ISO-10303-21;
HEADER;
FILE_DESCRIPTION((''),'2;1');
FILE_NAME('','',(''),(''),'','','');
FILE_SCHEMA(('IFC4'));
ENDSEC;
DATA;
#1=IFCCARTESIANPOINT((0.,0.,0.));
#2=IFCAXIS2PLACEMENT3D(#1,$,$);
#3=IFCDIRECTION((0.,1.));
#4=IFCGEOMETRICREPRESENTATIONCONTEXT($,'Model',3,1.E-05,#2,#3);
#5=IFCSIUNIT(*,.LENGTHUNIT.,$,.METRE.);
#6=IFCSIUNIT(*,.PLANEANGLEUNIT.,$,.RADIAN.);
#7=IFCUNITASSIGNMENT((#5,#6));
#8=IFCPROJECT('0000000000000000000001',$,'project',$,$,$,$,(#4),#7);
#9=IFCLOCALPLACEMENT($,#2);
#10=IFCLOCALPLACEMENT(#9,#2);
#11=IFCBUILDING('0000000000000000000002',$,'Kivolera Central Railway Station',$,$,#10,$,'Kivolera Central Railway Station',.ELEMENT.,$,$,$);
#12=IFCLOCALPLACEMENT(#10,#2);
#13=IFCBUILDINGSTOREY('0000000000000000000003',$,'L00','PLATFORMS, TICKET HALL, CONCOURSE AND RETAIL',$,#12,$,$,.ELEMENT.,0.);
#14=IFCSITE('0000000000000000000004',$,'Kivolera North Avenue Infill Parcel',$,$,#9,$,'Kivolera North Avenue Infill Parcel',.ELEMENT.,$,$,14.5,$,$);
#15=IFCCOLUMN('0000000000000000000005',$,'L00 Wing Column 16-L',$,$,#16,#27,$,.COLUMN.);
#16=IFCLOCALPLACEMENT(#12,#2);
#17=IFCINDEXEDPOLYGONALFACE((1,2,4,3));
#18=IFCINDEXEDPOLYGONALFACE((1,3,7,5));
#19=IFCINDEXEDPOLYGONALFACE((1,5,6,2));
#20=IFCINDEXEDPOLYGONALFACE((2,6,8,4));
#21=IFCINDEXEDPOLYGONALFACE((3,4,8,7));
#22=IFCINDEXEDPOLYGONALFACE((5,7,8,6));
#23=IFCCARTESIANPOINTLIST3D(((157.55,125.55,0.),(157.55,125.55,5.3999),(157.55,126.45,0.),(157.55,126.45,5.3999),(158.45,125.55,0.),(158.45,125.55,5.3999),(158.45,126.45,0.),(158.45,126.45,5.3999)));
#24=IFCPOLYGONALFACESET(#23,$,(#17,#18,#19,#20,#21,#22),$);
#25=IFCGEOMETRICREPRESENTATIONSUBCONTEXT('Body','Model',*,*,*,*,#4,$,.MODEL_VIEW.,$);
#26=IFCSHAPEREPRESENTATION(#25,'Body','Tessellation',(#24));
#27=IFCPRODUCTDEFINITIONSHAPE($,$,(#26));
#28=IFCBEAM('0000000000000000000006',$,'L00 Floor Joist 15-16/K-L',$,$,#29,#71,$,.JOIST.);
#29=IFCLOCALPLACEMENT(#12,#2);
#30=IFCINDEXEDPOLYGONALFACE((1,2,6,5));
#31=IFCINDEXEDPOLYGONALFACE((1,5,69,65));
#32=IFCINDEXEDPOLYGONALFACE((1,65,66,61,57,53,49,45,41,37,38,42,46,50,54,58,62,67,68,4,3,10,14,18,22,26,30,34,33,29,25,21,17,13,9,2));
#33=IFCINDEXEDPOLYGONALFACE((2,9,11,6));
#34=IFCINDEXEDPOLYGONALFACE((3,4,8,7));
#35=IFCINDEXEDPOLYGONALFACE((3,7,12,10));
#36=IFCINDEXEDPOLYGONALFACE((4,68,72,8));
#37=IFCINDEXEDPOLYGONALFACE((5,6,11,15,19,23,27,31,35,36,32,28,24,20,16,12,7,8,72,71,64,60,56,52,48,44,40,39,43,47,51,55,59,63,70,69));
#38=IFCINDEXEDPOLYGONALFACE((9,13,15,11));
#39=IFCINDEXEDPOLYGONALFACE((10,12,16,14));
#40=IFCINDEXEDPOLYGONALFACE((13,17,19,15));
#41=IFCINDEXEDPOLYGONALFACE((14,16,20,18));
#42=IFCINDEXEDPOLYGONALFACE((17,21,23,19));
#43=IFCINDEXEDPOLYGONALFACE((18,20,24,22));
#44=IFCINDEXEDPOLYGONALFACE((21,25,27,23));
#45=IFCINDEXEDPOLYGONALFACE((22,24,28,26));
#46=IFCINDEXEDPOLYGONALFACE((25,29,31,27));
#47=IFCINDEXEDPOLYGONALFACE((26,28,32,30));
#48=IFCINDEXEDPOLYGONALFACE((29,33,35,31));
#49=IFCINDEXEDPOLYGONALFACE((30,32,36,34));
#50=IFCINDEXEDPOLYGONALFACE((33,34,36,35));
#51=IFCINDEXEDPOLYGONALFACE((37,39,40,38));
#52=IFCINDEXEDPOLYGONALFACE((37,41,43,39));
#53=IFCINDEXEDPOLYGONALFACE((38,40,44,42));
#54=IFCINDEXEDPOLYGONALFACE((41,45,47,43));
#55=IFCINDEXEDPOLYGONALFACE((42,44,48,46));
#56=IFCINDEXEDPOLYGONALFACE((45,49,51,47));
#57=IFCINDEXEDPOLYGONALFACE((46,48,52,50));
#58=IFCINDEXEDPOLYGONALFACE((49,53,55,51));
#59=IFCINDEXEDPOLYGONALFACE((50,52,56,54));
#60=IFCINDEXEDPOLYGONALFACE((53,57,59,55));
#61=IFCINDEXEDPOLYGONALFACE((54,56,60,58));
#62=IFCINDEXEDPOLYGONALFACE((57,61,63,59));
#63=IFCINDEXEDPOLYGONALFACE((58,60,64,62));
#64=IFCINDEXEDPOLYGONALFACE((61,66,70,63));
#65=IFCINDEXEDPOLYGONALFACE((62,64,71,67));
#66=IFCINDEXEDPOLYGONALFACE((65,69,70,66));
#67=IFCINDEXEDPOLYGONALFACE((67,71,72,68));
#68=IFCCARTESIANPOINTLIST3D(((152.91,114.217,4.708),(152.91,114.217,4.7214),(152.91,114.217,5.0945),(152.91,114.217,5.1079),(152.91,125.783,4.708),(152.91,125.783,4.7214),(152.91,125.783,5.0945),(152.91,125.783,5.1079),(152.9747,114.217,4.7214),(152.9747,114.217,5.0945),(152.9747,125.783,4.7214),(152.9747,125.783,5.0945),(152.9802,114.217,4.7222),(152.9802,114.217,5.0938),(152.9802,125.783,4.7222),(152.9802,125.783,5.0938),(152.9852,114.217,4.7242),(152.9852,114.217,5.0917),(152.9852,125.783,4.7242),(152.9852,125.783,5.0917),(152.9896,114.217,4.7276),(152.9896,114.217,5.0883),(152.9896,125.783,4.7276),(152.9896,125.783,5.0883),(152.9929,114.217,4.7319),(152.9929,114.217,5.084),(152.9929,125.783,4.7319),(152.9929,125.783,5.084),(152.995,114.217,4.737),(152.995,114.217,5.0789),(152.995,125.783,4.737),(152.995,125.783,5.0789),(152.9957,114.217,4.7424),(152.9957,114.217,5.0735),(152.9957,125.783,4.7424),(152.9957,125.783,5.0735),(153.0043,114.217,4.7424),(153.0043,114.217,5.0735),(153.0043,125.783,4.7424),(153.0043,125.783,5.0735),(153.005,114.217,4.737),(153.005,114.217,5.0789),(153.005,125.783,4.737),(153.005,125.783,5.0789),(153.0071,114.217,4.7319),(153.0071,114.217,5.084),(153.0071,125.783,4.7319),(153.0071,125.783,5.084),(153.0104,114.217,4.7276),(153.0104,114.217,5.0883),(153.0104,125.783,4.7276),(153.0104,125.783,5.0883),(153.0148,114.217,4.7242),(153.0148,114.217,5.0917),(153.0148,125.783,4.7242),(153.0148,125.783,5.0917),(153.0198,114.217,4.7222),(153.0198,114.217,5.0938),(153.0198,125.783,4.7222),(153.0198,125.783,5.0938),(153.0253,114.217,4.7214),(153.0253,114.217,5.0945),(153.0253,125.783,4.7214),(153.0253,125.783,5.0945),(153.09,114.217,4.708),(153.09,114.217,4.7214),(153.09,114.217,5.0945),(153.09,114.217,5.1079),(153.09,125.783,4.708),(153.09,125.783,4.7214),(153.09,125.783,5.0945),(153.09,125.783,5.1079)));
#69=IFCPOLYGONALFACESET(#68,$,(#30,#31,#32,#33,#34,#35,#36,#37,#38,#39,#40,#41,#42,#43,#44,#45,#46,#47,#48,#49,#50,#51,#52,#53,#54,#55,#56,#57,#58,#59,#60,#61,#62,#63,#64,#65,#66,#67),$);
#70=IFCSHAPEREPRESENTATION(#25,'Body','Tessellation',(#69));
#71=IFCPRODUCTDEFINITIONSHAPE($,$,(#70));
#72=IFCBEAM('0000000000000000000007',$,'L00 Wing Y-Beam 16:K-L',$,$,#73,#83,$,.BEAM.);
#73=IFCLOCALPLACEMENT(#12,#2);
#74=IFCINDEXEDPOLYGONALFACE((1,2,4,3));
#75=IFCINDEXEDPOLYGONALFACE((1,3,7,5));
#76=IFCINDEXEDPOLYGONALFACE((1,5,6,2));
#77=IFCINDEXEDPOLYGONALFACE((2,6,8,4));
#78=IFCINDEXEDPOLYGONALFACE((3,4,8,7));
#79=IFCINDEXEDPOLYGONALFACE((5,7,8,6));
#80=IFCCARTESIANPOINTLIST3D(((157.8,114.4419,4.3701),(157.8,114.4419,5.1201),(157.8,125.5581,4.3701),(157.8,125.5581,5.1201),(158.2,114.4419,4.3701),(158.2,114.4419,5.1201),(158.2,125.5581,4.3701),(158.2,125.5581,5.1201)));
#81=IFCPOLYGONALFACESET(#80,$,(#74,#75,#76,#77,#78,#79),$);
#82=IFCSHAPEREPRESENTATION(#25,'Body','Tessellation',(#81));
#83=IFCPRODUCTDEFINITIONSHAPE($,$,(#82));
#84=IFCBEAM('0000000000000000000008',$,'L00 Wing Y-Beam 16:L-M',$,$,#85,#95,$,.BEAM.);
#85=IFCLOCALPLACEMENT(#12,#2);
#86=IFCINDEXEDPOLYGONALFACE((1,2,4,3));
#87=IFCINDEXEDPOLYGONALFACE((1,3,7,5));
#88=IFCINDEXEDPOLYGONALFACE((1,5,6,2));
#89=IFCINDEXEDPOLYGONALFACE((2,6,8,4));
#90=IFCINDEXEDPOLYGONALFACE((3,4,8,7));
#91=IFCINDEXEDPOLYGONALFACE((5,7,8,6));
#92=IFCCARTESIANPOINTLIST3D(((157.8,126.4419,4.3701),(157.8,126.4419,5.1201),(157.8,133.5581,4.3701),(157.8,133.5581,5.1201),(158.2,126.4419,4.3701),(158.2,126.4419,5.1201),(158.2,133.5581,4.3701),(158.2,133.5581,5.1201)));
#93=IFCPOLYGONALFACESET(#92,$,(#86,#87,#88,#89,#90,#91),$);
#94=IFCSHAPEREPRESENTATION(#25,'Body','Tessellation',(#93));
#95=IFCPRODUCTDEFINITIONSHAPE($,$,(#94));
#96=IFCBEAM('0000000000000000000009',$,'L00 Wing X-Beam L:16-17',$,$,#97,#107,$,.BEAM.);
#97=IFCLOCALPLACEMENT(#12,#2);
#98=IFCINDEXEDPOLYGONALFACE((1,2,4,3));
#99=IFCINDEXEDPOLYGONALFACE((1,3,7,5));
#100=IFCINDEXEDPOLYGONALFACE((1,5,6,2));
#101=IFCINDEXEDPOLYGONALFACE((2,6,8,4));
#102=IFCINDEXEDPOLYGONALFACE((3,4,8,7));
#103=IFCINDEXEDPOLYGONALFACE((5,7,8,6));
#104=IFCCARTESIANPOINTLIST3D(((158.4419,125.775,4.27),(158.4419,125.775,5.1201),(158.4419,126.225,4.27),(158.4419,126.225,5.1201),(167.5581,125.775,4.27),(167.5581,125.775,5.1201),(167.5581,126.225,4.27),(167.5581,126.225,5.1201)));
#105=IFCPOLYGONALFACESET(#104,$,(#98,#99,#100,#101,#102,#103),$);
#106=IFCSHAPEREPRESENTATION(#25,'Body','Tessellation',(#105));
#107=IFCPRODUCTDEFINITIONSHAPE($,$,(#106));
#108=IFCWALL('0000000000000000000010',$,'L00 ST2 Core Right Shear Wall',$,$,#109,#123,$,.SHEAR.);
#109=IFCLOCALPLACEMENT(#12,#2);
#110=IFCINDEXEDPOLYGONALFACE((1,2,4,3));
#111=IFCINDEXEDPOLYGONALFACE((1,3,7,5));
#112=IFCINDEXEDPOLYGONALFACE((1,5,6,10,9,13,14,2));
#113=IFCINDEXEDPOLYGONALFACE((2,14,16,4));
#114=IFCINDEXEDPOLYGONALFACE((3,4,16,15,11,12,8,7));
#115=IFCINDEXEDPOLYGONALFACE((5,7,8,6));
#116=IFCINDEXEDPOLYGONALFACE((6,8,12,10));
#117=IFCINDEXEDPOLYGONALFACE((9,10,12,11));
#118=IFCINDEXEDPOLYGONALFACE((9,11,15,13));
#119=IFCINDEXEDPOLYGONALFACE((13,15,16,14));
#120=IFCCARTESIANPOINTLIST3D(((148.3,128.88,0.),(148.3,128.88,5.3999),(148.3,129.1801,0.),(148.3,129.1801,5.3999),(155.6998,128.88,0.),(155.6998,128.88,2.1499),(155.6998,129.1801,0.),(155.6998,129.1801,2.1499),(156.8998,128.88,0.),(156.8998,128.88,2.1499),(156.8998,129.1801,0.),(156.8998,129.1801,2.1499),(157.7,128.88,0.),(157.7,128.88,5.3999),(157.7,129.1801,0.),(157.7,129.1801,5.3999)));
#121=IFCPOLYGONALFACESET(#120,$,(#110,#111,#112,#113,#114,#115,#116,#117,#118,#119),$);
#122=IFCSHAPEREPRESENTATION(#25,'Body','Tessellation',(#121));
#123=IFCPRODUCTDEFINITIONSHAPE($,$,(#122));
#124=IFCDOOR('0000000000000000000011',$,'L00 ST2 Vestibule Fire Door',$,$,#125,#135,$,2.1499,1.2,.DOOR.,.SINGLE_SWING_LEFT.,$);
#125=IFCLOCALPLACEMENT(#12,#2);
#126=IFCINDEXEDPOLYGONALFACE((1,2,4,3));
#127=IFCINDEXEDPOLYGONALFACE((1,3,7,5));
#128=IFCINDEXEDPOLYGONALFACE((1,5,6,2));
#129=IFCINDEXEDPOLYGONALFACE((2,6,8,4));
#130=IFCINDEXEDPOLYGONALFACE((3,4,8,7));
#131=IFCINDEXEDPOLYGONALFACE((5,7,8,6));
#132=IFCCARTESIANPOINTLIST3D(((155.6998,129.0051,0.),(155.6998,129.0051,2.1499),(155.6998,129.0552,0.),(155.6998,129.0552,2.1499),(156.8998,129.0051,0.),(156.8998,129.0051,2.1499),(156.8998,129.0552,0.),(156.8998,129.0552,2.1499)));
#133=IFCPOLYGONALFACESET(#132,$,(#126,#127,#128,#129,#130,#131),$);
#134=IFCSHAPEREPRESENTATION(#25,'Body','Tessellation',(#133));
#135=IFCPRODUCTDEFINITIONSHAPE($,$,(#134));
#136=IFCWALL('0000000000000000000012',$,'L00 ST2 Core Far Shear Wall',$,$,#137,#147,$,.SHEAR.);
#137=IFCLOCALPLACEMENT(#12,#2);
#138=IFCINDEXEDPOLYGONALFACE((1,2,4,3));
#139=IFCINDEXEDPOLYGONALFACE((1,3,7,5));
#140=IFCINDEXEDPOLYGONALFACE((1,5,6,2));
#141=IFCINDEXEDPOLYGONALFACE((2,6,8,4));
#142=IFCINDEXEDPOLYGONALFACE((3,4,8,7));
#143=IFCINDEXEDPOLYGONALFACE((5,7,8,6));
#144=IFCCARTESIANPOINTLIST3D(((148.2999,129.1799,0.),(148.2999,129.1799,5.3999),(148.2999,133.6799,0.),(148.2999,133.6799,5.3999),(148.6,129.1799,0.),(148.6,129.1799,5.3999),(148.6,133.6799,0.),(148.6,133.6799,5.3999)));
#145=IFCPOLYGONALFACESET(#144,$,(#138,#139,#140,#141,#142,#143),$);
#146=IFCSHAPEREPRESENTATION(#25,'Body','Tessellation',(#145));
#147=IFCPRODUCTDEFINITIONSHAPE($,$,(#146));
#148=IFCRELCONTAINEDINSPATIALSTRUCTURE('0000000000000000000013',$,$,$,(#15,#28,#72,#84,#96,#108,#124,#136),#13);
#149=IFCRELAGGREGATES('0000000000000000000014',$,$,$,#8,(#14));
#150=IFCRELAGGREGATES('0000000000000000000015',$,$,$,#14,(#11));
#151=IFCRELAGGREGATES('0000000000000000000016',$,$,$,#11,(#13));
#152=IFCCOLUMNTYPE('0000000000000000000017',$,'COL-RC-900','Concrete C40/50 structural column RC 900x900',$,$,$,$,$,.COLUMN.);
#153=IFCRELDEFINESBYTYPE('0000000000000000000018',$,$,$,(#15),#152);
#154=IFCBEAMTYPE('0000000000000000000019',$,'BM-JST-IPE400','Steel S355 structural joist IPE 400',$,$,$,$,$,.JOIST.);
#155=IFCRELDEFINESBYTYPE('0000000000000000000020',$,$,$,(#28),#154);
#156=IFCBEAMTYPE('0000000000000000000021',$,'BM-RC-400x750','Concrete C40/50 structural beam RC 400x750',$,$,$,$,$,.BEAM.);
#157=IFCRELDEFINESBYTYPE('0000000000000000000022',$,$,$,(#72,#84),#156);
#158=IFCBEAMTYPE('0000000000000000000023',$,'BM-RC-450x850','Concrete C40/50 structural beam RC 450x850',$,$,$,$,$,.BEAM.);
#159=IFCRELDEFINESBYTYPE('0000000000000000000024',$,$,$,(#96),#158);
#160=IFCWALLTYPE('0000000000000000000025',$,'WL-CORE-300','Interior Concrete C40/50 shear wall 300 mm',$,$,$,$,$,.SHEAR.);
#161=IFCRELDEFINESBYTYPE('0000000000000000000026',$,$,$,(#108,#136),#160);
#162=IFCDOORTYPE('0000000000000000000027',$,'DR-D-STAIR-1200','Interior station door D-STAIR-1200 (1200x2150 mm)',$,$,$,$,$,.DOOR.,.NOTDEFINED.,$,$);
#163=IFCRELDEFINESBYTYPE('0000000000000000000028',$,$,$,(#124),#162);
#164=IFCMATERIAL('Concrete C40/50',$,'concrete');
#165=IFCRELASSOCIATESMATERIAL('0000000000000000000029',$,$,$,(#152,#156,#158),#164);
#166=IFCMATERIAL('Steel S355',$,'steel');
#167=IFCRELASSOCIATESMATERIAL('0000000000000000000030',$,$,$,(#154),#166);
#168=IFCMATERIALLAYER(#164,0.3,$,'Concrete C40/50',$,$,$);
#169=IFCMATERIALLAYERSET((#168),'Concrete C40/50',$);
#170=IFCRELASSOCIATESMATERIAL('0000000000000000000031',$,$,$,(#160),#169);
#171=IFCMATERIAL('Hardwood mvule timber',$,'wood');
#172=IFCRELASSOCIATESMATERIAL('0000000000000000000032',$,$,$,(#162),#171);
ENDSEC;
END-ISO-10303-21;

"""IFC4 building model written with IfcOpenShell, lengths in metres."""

from ifc_helpers import new_model, si_unit, direction, frame, frame_2d, origin, origin_2d, place, context, subcontext, project, spatial, rectangle, i_section, extrude, material, layer, layer_set, material_profile, profile_set, type_object, element, fill, save


model = new_model("IFC4")

# Units and contexts
model_context = context("Model", 3, precision=1e-05, world=origin(), true_north=direction((0.0, 1.0)))
body_context = subcontext(model_context, "Body", "Model", "MODEL_VIEW")
ifc_project = project(units=[si_unit("LENGTHUNIT", "METRE"), si_unit("PLANEANGLEUNIT", "RADIAN")], contexts=[model_context])

# Site, building, storey
site_placement = place(None, origin())
site = spatial("IfcSite", under=ifc_project, at=site_placement, Name="Kivolera North Avenue Infill Parcel", LongName="Kivolera North Avenue Infill Parcel", CompositionType="ELEMENT", RefElevation=14.5)
building_placement = place(site_placement, origin())
building = spatial("IfcBuilding", under=site, at=building_placement, Name="Kivolera Central Railway Station", LongName="Kivolera Central Railway Station", CompositionType="ELEMENT")
storey_placement = place(building_placement, origin())
storey = spatial("IfcBuildingStorey", under=building, at=storey_placement, Name="L00", Description="PLATFORMS, TICKET HALL, CONCOURSE AND RETAIL", CompositionType="ELEMENT", Elevation=0.0)

# Column
ifc_material_1 = material(Name="Concrete C40/50", Category="concrete")
ifc_material_profile_1 = material_profile(ifc_material_1, rectangle(XDim=0.8999, YDim=0.8999, at=origin_2d()), Name="RC 900x900")
ifc_profile_set_1 = profile_set([ifc_material_profile_1], Name="Concrete C40/50")
column_type = type_object("IfcColumnType", Name="COL-RC-900", Description="Concrete C40/50 structural column RC 900x900", PredefinedType="COLUMN", material=ifc_profile_set_1)
column_placement = place(storey_placement, frame((158.0, 126.0, 0.0), z_axis=(0.0, 0.0, 1.0), x_axis=(1.0, 0.0, 0.0)))
element("IfcColumn", 1, at=column_placement, inside=storey, type_object=column_type, Name="L00 Wing Column 16-L", PredefinedType="COLUMN", context=body_context, shape_type="SweptSolid", body=[
    extrude(rectangle(XDim=0.8999, YDim=0.8999, at=origin_2d()), origin(), (0.0, 0.0, 1.0), 5.3999),
])

# Beams
ifc_material_2 = material(Name="Steel S355", Category="steel")
ifc_material_profile_2 = material_profile(ifc_material_2, i_section(OverallWidth=0.1799, OverallDepth=0.3999, WebThickness=0.0085, FlangeThickness=0.0134, FilletRadius=0.021, at=origin_2d()), Name="IPE 400")
ifc_profile_set_2 = profile_set([ifc_material_profile_2], Name="Steel S355")
beam_type_1 = type_object("IfcBeamType", Name="BM-JST-IPE400", Description="Steel S355 structural joist IPE 400", PredefinedType="JOIST", material=ifc_profile_set_2)
beam_1_placement = place(storey_placement, frame((153.0, 114.217, 4.908), z_axis=(0.0, 1.0, 0.0), x_axis=(-1.0, 0.0, 0.0)))
element("IfcBeam", 2, at=beam_1_placement, inside=storey, type_object=beam_type_1, Name="L00 Floor Joist 15-16/K-L", PredefinedType="JOIST", context=body_context, shape_type="SweptSolid", body=[
    extrude(i_section(OverallWidth=0.1799, OverallDepth=0.3999, WebThickness=0.0085, FlangeThickness=0.0134, FilletRadius=0.021, at=origin_2d()), origin(), (0.0, 0.0, 1.0), 11.5659),
])
ifc_material_profile_3 = material_profile(ifc_material_1, rectangle(XDim=0.3999, YDim=0.75, at=origin_2d()), Name="RC 400x750")
ifc_profile_set_3 = profile_set([ifc_material_profile_3], Name="Concrete C40/50")
beam_type_2 = type_object("IfcBeamType", Name="BM-RC-400x750", Description="Concrete C40/50 structural beam RC 400x750", PredefinedType="BEAM", material=ifc_profile_set_3)
beam_2_placement = place(storey_placement, frame((158.0, 114.4419, 4.7451), z_axis=(0.0, 1.0, 0.0), x_axis=(-1.0, 0.0, 0.0)))
element("IfcBeam", 3, at=beam_2_placement, inside=storey, type_object=beam_type_2, Name="L00 Wing Y-Beam 16:K-L", PredefinedType="BEAM", context=body_context, shape_type="SweptSolid", body=[
    extrude(rectangle(XDim=0.3999, YDim=0.75, at=origin_2d()), origin(), (0.0, 0.0, 1.0), 11.1162),
])
beam_3_placement = place(storey_placement, frame((158.0, 126.4419, 4.7451), z_axis=(0.0, 1.0, 0.0), x_axis=(-1.0, 0.0, 0.0)))
element("IfcBeam", 4, at=beam_3_placement, inside=storey, type_object=beam_type_2, Name="L00 Wing Y-Beam 16:L-M", PredefinedType="BEAM", context=body_context, shape_type="SweptSolid", body=[
    extrude(rectangle(XDim=0.3999, YDim=0.75, at=origin_2d()), origin(), (0.0, 0.0, 1.0), 7.1162),
])
ifc_material_profile_4 = material_profile(ifc_material_1, rectangle(XDim=0.45, YDim=0.8501, at=origin_2d()), Name="RC 450x850")
ifc_profile_set_4 = profile_set([ifc_material_profile_4], Name="Concrete C40/50")
beam_type_3 = type_object("IfcBeamType", Name="BM-RC-450x850", Description="Concrete C40/50 structural beam RC 450x850", PredefinedType="BEAM", material=ifc_profile_set_4)
beam_4_placement = place(storey_placement, frame((158.4419, 126.0, 4.6951), z_axis=(1.0, 0.0, 0.0), x_axis=(0.0, 1.0, 0.0)))
element("IfcBeam", 5, at=beam_4_placement, inside=storey, type_object=beam_type_3, Name="L00 Wing X-Beam L:16-17", PredefinedType="BEAM", context=body_context, shape_type="SweptSolid", body=[
    extrude(rectangle(XDim=0.45, YDim=0.8501, at=origin_2d()), origin(), (0.0, 0.0, 1.0), 9.1162),
])

# Wall, opening, door
ifc_layer_1 = layer(ifc_material_1, 0.3, Name="Concrete C40/50")
ifc_layer_set_1 = layer_set([ifc_layer_1], Name="Concrete C40/50")
wall_type_1 = type_object("IfcWallType", Name="WL-CORE-300", Description="Interior Concrete C40/50 shear wall 300 mm", PredefinedType="SHEAR", material=ifc_layer_set_1)
wall_1_placement = place(storey_placement, frame((157.7, 129.03, 0.0), z_axis=(0.0, 0.0, 1.0), x_axis=(-1.0, 0.0, 0.0)))
wall_1 = element("IfcWall", 6, at=wall_1_placement, inside=storey, type_object=wall_type_1, Name="L00 ST2 Core Right Shear Wall", PredefinedType="SHEAR", context=body_context, shape_type="SweptSolid", body=[
    extrude(rectangle(XDim=9.3999, YDim=0.3, at=frame_2d((4.7, 0.0))), origin(), (0.0, 0.0, 1.0), 5.3999),
])
opening_1_placement = place(wall_1_placement, frame((0.8, 0.0, 0.0)))
opening_1 = element("IfcOpeningElement", 7, at=opening_1_placement, cuts=wall_1, PredefinedType="OPENING", context=body_context, shape_type="SweptSolid", body=[
    extrude(rectangle(XDim=1.2, YDim=2.1499, at=frame_2d((0.6001, 1.075))), frame((0.0, 0.1599, 0.0), z_axis=(0.0, -1.0, 0.0), x_axis=(1.0, 0.0, 0.0)), (0.0, 0.0, 1.0), 0.3201),
])
ifc_material_3 = material(Name="Hardwood mvule timber", Category="wood")
door_type_1 = type_object("IfcDoorType", Name="DR-D-STAIR-1200", Description="Interior station door D-STAIR-1200 (1200x2150 mm)", OperationType="NOTDEFINED", PredefinedType="DOOR", material=ifc_material_3)
door_1_placement = place(opening_1_placement, origin())
door_1 = element("IfcDoor", 8, at=door_1_placement, inside=storey, type_object=door_type_1, Name="L00 ST2 Vestibule Fire Door", OperationType="SINGLE_SWING_LEFT", OverallHeight=2.1499, OverallWidth=1.2, PredefinedType="DOOR", context=body_context, shape_type="SweptSolid", body=[
    extrude(rectangle(XDim=1.2, YDim=2.1499, at=frame_2d((0.6001, 1.075))), frame((0.0, 0.0249, 0.0), z_axis=(0.0, -1.0, 0.0), x_axis=(1.0, 0.0, 0.0)), (0.0, 0.0, 1.0), 0.05),
])
fill(opening_1, door_1)

# Wall
wall_2_placement = place(storey_placement, frame((148.45, 129.1799, 0.0), z_axis=(0.0, 0.0, 1.0), x_axis=(0.0, 1.0, 0.0)))
element("IfcWall", 9, at=wall_2_placement, inside=storey, type_object=wall_type_1, Name="L00 ST2 Core Far Shear Wall", PredefinedType="SHEAR", context=body_context, shape_type="SweptSolid", body=[
    extrude(rectangle(XDim=4.5, YDim=0.3, at=frame_2d((2.25, 0.0))), origin(), (0.0, 0.0, 1.0), 5.3999),
])

save(model, "model.ifc")
